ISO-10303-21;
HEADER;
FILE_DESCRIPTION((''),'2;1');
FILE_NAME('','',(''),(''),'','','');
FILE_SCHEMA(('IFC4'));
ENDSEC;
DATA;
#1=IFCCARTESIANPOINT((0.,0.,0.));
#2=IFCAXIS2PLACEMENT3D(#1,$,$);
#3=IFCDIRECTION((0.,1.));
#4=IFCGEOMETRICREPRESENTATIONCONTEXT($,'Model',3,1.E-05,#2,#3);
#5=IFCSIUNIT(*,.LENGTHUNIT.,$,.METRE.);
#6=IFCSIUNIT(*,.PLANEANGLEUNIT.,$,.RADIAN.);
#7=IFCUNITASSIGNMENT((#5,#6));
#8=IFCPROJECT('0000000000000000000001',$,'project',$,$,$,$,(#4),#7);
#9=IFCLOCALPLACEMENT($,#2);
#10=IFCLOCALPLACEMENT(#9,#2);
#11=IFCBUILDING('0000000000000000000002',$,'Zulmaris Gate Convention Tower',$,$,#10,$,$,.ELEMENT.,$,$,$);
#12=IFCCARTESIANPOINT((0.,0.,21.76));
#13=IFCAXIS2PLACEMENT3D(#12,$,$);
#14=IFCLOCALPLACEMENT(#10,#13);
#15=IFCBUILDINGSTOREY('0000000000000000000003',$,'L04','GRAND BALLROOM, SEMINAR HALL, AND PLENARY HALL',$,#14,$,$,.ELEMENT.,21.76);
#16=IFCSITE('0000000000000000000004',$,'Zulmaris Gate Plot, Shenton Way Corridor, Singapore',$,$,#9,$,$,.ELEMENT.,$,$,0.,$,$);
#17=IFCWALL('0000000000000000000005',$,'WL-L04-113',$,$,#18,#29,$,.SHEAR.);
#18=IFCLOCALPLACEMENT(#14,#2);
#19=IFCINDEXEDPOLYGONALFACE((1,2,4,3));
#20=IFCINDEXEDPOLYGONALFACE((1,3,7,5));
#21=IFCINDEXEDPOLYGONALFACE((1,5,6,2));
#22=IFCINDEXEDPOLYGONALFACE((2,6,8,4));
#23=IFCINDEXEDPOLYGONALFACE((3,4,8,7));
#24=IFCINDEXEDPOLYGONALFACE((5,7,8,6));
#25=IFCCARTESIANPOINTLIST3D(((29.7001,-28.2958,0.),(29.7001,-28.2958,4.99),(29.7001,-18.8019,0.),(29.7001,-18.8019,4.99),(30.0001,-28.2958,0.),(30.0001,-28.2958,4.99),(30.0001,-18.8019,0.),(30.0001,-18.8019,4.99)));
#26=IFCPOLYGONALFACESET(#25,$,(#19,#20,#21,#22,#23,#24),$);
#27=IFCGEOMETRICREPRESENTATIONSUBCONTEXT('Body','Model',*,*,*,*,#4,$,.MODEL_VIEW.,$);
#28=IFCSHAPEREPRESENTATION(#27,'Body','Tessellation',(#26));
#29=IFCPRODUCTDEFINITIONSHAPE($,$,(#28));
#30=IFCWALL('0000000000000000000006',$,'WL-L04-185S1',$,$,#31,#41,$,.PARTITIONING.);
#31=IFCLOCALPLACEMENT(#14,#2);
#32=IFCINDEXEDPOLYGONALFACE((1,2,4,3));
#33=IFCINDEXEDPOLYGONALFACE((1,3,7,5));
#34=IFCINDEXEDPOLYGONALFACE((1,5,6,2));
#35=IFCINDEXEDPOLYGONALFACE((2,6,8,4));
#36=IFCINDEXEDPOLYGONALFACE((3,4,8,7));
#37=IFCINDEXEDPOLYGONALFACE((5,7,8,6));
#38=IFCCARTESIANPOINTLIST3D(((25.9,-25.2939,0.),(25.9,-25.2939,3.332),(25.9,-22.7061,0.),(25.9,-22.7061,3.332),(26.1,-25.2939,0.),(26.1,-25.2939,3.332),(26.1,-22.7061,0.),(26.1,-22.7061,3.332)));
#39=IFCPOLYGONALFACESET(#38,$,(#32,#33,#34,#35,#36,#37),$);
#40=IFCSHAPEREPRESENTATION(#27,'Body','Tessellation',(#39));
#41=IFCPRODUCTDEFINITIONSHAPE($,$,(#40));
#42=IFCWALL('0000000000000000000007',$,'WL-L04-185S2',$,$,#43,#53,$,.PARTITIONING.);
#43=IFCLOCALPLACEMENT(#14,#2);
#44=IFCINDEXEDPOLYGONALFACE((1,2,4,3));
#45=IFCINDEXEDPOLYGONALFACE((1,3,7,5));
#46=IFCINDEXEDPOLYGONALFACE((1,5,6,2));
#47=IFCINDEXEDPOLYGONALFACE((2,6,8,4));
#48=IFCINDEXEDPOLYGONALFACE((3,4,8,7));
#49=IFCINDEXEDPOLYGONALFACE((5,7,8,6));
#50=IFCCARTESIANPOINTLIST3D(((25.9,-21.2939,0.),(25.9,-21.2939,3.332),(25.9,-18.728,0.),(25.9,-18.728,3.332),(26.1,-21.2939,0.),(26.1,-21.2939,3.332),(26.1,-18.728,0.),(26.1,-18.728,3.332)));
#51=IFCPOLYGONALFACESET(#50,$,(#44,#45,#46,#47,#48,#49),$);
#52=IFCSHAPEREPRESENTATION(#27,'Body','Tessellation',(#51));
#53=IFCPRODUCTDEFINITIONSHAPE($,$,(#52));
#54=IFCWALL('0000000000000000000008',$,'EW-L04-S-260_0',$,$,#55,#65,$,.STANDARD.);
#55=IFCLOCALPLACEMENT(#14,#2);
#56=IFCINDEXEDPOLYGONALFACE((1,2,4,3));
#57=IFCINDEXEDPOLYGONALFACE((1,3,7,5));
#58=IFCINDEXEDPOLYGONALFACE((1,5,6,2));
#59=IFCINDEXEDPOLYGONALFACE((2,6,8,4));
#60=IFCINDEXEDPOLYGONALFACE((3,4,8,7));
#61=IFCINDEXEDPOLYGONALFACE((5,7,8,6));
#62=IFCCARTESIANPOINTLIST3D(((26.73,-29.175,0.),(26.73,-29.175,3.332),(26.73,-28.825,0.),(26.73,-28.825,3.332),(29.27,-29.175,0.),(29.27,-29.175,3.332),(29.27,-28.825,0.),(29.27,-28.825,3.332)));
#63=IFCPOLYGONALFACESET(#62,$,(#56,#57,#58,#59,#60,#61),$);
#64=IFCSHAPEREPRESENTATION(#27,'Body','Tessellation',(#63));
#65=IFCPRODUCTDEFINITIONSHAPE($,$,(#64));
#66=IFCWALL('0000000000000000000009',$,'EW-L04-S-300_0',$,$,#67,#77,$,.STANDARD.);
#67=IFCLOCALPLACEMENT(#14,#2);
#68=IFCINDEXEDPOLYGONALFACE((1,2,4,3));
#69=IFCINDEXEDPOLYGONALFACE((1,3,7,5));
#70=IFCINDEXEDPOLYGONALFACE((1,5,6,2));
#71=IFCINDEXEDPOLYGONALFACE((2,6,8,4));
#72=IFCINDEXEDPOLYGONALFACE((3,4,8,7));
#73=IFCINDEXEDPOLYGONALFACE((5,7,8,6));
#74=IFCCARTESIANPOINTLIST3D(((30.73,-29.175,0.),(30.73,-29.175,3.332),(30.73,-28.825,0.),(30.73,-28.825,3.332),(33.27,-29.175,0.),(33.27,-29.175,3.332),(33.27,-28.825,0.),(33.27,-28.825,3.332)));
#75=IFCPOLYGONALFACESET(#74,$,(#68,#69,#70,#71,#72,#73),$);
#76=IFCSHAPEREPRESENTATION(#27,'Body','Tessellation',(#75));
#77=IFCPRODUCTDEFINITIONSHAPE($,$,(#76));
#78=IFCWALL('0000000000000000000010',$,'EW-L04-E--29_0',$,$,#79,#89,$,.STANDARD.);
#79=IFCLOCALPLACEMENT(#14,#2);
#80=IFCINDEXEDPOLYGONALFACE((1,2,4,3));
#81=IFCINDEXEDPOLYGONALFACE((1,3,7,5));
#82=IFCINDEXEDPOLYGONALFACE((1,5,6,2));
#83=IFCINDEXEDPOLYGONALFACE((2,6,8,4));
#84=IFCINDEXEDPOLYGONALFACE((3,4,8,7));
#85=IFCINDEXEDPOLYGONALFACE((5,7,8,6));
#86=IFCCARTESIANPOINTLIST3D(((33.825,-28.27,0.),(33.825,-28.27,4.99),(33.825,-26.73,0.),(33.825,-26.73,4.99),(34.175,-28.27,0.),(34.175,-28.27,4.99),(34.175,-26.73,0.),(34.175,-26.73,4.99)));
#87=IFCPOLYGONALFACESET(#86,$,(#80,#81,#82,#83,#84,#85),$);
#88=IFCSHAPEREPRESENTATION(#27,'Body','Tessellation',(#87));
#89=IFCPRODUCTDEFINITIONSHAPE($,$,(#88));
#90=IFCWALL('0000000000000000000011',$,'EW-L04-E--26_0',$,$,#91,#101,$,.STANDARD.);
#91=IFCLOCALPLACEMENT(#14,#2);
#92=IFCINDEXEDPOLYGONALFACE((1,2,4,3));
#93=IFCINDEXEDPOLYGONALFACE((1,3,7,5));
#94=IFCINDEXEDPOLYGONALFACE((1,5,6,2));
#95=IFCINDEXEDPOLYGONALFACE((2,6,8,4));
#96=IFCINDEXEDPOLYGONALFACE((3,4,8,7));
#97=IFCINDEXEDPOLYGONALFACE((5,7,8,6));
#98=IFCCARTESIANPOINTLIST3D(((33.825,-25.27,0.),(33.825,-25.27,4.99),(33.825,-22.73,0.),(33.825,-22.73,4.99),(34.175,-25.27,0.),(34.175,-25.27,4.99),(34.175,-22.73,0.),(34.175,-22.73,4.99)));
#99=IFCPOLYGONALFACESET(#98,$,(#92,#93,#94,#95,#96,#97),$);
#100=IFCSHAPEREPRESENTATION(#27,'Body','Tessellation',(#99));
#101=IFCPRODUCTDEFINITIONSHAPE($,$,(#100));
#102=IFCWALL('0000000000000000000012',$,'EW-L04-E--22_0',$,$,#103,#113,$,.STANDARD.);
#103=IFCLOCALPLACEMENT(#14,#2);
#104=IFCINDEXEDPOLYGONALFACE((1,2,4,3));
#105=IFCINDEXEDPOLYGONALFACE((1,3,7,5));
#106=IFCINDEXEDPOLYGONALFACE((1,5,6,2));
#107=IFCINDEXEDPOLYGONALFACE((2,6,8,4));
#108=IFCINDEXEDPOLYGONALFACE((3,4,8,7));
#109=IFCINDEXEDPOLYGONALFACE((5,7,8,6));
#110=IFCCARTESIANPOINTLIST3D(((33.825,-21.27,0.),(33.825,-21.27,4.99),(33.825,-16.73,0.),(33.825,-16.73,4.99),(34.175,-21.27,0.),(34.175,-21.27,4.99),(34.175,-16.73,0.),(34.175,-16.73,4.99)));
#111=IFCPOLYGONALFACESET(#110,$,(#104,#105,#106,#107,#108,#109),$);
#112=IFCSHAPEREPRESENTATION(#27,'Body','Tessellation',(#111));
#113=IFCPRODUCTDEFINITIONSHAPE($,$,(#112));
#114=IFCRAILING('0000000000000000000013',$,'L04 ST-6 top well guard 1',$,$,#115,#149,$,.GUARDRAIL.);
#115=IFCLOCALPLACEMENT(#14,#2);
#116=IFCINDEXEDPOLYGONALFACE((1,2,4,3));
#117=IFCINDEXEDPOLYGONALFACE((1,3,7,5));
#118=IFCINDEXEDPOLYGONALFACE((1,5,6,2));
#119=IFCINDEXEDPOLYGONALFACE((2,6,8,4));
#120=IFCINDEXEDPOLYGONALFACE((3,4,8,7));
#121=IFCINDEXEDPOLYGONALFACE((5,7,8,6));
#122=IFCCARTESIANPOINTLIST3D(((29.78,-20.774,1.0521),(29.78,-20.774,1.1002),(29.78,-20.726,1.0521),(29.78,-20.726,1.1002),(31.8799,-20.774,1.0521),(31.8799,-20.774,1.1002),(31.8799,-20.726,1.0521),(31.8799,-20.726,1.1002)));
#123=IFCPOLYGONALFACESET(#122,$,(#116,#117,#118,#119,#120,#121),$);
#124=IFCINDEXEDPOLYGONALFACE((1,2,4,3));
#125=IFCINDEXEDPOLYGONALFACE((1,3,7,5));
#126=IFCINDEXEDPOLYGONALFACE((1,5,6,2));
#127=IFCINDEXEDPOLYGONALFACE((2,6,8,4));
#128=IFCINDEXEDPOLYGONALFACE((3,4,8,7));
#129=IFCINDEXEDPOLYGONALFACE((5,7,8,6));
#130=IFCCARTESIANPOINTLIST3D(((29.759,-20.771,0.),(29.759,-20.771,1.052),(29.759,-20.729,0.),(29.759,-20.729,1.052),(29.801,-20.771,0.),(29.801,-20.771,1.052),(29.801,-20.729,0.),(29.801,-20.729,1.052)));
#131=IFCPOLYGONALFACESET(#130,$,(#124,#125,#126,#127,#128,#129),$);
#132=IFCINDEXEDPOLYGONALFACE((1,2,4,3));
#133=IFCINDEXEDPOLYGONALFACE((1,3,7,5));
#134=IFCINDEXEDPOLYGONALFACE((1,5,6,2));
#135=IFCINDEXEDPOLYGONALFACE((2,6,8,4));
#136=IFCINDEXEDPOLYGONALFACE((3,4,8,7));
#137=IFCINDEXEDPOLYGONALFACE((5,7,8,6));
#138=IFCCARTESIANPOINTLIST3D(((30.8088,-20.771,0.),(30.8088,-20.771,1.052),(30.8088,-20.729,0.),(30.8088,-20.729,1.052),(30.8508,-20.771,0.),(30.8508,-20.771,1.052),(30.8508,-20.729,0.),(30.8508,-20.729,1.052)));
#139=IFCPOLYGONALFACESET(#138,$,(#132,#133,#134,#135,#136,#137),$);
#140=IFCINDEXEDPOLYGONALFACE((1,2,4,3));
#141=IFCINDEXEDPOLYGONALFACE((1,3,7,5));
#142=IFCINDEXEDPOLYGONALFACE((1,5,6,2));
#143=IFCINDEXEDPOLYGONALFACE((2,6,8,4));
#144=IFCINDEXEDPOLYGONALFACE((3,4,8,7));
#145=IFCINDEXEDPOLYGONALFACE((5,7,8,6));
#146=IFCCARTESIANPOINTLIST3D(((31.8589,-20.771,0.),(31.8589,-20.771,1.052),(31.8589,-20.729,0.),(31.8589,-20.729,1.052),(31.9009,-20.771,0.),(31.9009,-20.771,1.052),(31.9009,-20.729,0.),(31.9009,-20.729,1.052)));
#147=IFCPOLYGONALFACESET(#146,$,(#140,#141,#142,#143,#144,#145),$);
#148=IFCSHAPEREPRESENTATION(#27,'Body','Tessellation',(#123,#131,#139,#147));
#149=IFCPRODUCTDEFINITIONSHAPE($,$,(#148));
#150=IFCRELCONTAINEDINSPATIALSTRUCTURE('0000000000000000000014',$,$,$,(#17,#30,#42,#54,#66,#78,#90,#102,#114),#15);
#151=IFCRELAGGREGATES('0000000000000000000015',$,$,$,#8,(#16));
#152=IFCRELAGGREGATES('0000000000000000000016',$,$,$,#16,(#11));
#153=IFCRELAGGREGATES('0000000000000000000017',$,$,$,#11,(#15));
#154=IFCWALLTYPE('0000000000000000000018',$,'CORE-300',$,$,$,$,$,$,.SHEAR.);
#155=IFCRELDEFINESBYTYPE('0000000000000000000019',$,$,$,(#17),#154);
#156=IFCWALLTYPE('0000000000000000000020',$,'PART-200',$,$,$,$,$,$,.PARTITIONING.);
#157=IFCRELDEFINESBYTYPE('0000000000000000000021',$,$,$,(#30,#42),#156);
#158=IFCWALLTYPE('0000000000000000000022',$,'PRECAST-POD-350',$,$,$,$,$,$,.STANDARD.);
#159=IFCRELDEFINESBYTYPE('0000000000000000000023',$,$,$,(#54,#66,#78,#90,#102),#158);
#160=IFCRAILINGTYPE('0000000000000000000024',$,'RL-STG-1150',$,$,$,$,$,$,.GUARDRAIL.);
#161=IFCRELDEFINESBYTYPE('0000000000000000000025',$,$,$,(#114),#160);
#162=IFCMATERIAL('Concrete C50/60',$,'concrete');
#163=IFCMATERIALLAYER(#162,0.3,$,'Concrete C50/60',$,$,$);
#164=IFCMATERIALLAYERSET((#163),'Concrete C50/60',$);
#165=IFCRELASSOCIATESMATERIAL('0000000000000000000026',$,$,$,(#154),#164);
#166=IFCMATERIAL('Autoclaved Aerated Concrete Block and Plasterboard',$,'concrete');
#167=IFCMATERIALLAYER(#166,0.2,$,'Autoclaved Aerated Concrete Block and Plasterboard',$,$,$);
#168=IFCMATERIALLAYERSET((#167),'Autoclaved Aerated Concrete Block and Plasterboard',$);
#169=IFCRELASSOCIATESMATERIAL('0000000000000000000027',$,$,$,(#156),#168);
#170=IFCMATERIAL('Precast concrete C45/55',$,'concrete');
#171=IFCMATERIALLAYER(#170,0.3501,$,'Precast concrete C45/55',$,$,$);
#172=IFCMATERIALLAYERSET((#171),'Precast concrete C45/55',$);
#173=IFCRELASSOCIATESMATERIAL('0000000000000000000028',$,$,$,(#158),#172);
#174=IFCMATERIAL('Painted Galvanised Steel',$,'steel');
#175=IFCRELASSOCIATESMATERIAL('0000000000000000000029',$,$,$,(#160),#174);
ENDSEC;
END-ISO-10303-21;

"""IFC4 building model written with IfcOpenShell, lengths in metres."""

from ifc_helpers import new_model, si_unit, direction, frame, frame_2d, origin, origin_2d, place, context, subcontext, project, spatial, rectangle, extrude, material, layer, layer_set, type_object, element, save


model = new_model("IFC4")

# Units and contexts
model_context = context("Model", 3, precision=1e-05, world=origin(), true_north=direction((0.0, 1.0)))
body_context = subcontext(model_context, "Body", "Model", "MODEL_VIEW")
ifc_project = project(units=[si_unit("LENGTHUNIT", "METRE"), si_unit("PLANEANGLEUNIT", "RADIAN")], contexts=[model_context])

# Site, building, storey
site_placement = place(None, origin())
site = spatial("IfcSite", under=ifc_project, at=site_placement, Name="Zulmaris Gate Plot, Shenton Way Corridor, Singapore", CompositionType="ELEMENT", RefElevation=0.0)
building_placement = place(site_placement, origin())
building = spatial("IfcBuilding", under=site, at=building_placement, Name="Zulmaris Gate Convention Tower", CompositionType="ELEMENT")
storey_placement = place(building_placement, frame((0.0, 0.0, 21.76)))
storey = spatial("IfcBuildingStorey", under=building, at=storey_placement, Name="L04", Description="GRAND BALLROOM, SEMINAR HALL, AND PLENARY HALL", CompositionType="ELEMENT", Elevation=21.76)

# Shared definitions
ifc_material_1 = material(Name="Concrete C50/60", Category="concrete")
ifc_layer_1 = layer(ifc_material_1, 0.3, Name="Concrete C50/60")
ifc_layer_set_1 = layer_set([ifc_layer_1], Name="Concrete C50/60")
wall_type_1 = type_object("IfcWallType", Name="CORE-300", PredefinedType="SHEAR", material=ifc_layer_set_1)

# Walls
wall_1_placement = place(storey_placement, frame((29.8501, -28.2959, 0.0), z_axis=(0.0, 0.0, 1.0), x_axis=(0.0, 1.0, 0.0)))
element("IfcWall", 1, at=wall_1_placement, inside=storey, type_object=wall_type_1, Name="WL-L04-113", PredefinedType="SHEAR", context=body_context, shape_type="SweptSolid", body=[
    extrude(rectangle(XDim=9.4939, YDim=0.3, at=frame_2d((4.7471, 0.0))), origin(), (0.0, 0.0, 1.0), 4.99),
])
ifc_material_2 = material(Name="Autoclaved Aerated Concrete Block and Plasterboard", Category="concrete")
ifc_layer_2 = layer(ifc_material_2, 0.2, Name="Autoclaved Aerated Concrete Block and Plasterboard")
ifc_layer_set_2 = layer_set([ifc_layer_2], Name="Autoclaved Aerated Concrete Block and Plasterboard")
wall_type_2 = type_object("IfcWallType", Name="PART-200", PredefinedType="PARTITIONING", material=ifc_layer_set_2)
wall_2_placement = place(storey_placement, frame((26.0, -25.2939, 0.0), z_axis=(0.0, 0.0, 1.0), x_axis=(0.0, 1.0, 0.0)))
element("IfcWall", 2, at=wall_2_placement, inside=storey, type_object=wall_type_2, Name="WL-L04-185S1", PredefinedType="PARTITIONING", context=body_context, shape_type="SweptSolid", body=[
    extrude(rectangle(XDim=2.5879, YDim=0.2, at=frame_2d((1.2939, 0.0))), origin(), (0.0, 0.0, 1.0), 3.332),
])
wall_3_placement = place(storey_placement, frame((26.0, -21.2939, 0.0), z_axis=(0.0, 0.0, 1.0), x_axis=(0.0, 1.0, 0.0)))
element("IfcWall", 3, at=wall_3_placement, inside=storey, type_object=wall_type_2, Name="WL-L04-185S2", PredefinedType="PARTITIONING", context=body_context, shape_type="SweptSolid", body=[
    extrude(rectangle(XDim=2.5659, YDim=0.2, at=frame_2d((1.283, 0.0))), origin(), (0.0, 0.0, 1.0), 3.332),
])
ifc_material_3 = material(Name="Precast concrete C45/55", Category="concrete")
ifc_layer_3 = layer(ifc_material_3, 0.3501, Name="Precast concrete C45/55")
ifc_layer_set_3 = layer_set([ifc_layer_3], Name="Precast concrete C45/55")
wall_type_3 = type_object("IfcWallType", Name="PRECAST-POD-350", PredefinedType="STANDARD", material=ifc_layer_set_3)
for number, where, z_axis, x_axis, name in (
    (4, (26.73, -29.0, 0.0), (0.0, 0.0, 1.0), (1.0, 0.0, 0.0), "EW-L04-S-260_0"),
    (5, (30.73, -29.0, 0.0), (0.0, 0.0, 1.0), (1.0, 0.0, 0.0), "EW-L04-S-300_0"),
):
    element("IfcWall", number, at=place(storey_placement, frame(where, z_axis=z_axis, x_axis=x_axis)), inside=storey, type_object=wall_type_3, Name=name, PredefinedType="STANDARD", context=body_context, shape_type="SweptSolid", body=[
        extrude(rectangle(XDim=2.54, YDim=0.3501, at=frame_2d((1.27, 0.0))), origin(), (0.0, 0.0, 1.0), 3.332),
    ])
wall_4_placement = place(storey_placement, frame((34.0, -26.73, 0.0), z_axis=(0.0, 0.0, 1.0), x_axis=(0.0, -1.0, 0.0)))
element("IfcWall", 6, at=wall_4_placement, inside=storey, type_object=wall_type_3, Name="EW-L04-E--29_0", PredefinedType="STANDARD", context=body_context, shape_type="SweptSolid", body=[
    extrude(rectangle(XDim=1.54, YDim=0.3501, at=frame_2d((0.77, 0.0))), origin(), (0.0, 0.0, 1.0), 4.99),
])
wall_5_placement = place(storey_placement, frame((34.0, -22.73, 0.0), z_axis=(0.0, 0.0, 1.0), x_axis=(0.0, -1.0, 0.0)))
element("IfcWall", 7, at=wall_5_placement, inside=storey, type_object=wall_type_3, Name="EW-L04-E--26_0", PredefinedType="STANDARD", context=body_context, shape_type="SweptSolid", body=[
    extrude(rectangle(XDim=2.54, YDim=0.3501, at=frame_2d((1.27, 0.0))), origin(), (0.0, 0.0, 1.0), 4.99),
])
wall_6_placement = place(storey_placement, frame((34.0, -16.73, 0.0), z_axis=(0.0, 0.0, 1.0), x_axis=(0.0, -1.0, 0.0)))
element("IfcWall", 8, at=wall_6_placement, inside=storey, type_object=wall_type_3, Name="EW-L04-E--22_0", PredefinedType="STANDARD", context=body_context, shape_type="SweptSolid", body=[
    extrude(rectangle(XDim=4.54, YDim=0.3501, at=frame_2d((2.27, 0.0))), origin(), (0.0, 0.0, 1.0), 4.99),
])

# Railing
ifc_material_4 = material(Name="Painted Galvanised Steel", Category="steel")
railing_type = type_object("IfcRailingType", Name="RL-STG-1150", PredefinedType="GUARDRAIL", material=ifc_material_4)
railing_placement = place(storey_placement, frame((29.78, -20.75, 0.0)))
element("IfcRailing", 9, at=railing_placement, inside=storey, type_object=railing_type, Name="L04 ST-6 top well guard 1", PredefinedType="GUARDRAIL", context=body_context, shape_type="SweptSolid", body=[
    extrude(rectangle(XDim=0.0481, YDim=0.0481, at=origin_2d()), frame((0.0, 0.0, 1.0762), z_axis=(1.0, 0.0, 0.0), x_axis=(0.0, 1.0, 0.0)), (0.0, 0.0, 1.0), 2.0999),
    extrude(rectangle(XDim=0.042, YDim=0.042, at=origin_2d()), origin(), (0.0, 0.0, 1.0), 1.052),
    extrude(rectangle(XDim=0.042, YDim=0.042, at=origin_2d()), frame((1.0498, 0.0, 0.0)), (0.0, 0.0, 1.0), 1.052),
    extrude(rectangle(XDim=0.042, YDim=0.042, at=origin_2d()), frame((2.0999, 0.0, 0.0)), (0.0, 0.0, 1.0), 1.052),
])

save(model, "model.ifc")
